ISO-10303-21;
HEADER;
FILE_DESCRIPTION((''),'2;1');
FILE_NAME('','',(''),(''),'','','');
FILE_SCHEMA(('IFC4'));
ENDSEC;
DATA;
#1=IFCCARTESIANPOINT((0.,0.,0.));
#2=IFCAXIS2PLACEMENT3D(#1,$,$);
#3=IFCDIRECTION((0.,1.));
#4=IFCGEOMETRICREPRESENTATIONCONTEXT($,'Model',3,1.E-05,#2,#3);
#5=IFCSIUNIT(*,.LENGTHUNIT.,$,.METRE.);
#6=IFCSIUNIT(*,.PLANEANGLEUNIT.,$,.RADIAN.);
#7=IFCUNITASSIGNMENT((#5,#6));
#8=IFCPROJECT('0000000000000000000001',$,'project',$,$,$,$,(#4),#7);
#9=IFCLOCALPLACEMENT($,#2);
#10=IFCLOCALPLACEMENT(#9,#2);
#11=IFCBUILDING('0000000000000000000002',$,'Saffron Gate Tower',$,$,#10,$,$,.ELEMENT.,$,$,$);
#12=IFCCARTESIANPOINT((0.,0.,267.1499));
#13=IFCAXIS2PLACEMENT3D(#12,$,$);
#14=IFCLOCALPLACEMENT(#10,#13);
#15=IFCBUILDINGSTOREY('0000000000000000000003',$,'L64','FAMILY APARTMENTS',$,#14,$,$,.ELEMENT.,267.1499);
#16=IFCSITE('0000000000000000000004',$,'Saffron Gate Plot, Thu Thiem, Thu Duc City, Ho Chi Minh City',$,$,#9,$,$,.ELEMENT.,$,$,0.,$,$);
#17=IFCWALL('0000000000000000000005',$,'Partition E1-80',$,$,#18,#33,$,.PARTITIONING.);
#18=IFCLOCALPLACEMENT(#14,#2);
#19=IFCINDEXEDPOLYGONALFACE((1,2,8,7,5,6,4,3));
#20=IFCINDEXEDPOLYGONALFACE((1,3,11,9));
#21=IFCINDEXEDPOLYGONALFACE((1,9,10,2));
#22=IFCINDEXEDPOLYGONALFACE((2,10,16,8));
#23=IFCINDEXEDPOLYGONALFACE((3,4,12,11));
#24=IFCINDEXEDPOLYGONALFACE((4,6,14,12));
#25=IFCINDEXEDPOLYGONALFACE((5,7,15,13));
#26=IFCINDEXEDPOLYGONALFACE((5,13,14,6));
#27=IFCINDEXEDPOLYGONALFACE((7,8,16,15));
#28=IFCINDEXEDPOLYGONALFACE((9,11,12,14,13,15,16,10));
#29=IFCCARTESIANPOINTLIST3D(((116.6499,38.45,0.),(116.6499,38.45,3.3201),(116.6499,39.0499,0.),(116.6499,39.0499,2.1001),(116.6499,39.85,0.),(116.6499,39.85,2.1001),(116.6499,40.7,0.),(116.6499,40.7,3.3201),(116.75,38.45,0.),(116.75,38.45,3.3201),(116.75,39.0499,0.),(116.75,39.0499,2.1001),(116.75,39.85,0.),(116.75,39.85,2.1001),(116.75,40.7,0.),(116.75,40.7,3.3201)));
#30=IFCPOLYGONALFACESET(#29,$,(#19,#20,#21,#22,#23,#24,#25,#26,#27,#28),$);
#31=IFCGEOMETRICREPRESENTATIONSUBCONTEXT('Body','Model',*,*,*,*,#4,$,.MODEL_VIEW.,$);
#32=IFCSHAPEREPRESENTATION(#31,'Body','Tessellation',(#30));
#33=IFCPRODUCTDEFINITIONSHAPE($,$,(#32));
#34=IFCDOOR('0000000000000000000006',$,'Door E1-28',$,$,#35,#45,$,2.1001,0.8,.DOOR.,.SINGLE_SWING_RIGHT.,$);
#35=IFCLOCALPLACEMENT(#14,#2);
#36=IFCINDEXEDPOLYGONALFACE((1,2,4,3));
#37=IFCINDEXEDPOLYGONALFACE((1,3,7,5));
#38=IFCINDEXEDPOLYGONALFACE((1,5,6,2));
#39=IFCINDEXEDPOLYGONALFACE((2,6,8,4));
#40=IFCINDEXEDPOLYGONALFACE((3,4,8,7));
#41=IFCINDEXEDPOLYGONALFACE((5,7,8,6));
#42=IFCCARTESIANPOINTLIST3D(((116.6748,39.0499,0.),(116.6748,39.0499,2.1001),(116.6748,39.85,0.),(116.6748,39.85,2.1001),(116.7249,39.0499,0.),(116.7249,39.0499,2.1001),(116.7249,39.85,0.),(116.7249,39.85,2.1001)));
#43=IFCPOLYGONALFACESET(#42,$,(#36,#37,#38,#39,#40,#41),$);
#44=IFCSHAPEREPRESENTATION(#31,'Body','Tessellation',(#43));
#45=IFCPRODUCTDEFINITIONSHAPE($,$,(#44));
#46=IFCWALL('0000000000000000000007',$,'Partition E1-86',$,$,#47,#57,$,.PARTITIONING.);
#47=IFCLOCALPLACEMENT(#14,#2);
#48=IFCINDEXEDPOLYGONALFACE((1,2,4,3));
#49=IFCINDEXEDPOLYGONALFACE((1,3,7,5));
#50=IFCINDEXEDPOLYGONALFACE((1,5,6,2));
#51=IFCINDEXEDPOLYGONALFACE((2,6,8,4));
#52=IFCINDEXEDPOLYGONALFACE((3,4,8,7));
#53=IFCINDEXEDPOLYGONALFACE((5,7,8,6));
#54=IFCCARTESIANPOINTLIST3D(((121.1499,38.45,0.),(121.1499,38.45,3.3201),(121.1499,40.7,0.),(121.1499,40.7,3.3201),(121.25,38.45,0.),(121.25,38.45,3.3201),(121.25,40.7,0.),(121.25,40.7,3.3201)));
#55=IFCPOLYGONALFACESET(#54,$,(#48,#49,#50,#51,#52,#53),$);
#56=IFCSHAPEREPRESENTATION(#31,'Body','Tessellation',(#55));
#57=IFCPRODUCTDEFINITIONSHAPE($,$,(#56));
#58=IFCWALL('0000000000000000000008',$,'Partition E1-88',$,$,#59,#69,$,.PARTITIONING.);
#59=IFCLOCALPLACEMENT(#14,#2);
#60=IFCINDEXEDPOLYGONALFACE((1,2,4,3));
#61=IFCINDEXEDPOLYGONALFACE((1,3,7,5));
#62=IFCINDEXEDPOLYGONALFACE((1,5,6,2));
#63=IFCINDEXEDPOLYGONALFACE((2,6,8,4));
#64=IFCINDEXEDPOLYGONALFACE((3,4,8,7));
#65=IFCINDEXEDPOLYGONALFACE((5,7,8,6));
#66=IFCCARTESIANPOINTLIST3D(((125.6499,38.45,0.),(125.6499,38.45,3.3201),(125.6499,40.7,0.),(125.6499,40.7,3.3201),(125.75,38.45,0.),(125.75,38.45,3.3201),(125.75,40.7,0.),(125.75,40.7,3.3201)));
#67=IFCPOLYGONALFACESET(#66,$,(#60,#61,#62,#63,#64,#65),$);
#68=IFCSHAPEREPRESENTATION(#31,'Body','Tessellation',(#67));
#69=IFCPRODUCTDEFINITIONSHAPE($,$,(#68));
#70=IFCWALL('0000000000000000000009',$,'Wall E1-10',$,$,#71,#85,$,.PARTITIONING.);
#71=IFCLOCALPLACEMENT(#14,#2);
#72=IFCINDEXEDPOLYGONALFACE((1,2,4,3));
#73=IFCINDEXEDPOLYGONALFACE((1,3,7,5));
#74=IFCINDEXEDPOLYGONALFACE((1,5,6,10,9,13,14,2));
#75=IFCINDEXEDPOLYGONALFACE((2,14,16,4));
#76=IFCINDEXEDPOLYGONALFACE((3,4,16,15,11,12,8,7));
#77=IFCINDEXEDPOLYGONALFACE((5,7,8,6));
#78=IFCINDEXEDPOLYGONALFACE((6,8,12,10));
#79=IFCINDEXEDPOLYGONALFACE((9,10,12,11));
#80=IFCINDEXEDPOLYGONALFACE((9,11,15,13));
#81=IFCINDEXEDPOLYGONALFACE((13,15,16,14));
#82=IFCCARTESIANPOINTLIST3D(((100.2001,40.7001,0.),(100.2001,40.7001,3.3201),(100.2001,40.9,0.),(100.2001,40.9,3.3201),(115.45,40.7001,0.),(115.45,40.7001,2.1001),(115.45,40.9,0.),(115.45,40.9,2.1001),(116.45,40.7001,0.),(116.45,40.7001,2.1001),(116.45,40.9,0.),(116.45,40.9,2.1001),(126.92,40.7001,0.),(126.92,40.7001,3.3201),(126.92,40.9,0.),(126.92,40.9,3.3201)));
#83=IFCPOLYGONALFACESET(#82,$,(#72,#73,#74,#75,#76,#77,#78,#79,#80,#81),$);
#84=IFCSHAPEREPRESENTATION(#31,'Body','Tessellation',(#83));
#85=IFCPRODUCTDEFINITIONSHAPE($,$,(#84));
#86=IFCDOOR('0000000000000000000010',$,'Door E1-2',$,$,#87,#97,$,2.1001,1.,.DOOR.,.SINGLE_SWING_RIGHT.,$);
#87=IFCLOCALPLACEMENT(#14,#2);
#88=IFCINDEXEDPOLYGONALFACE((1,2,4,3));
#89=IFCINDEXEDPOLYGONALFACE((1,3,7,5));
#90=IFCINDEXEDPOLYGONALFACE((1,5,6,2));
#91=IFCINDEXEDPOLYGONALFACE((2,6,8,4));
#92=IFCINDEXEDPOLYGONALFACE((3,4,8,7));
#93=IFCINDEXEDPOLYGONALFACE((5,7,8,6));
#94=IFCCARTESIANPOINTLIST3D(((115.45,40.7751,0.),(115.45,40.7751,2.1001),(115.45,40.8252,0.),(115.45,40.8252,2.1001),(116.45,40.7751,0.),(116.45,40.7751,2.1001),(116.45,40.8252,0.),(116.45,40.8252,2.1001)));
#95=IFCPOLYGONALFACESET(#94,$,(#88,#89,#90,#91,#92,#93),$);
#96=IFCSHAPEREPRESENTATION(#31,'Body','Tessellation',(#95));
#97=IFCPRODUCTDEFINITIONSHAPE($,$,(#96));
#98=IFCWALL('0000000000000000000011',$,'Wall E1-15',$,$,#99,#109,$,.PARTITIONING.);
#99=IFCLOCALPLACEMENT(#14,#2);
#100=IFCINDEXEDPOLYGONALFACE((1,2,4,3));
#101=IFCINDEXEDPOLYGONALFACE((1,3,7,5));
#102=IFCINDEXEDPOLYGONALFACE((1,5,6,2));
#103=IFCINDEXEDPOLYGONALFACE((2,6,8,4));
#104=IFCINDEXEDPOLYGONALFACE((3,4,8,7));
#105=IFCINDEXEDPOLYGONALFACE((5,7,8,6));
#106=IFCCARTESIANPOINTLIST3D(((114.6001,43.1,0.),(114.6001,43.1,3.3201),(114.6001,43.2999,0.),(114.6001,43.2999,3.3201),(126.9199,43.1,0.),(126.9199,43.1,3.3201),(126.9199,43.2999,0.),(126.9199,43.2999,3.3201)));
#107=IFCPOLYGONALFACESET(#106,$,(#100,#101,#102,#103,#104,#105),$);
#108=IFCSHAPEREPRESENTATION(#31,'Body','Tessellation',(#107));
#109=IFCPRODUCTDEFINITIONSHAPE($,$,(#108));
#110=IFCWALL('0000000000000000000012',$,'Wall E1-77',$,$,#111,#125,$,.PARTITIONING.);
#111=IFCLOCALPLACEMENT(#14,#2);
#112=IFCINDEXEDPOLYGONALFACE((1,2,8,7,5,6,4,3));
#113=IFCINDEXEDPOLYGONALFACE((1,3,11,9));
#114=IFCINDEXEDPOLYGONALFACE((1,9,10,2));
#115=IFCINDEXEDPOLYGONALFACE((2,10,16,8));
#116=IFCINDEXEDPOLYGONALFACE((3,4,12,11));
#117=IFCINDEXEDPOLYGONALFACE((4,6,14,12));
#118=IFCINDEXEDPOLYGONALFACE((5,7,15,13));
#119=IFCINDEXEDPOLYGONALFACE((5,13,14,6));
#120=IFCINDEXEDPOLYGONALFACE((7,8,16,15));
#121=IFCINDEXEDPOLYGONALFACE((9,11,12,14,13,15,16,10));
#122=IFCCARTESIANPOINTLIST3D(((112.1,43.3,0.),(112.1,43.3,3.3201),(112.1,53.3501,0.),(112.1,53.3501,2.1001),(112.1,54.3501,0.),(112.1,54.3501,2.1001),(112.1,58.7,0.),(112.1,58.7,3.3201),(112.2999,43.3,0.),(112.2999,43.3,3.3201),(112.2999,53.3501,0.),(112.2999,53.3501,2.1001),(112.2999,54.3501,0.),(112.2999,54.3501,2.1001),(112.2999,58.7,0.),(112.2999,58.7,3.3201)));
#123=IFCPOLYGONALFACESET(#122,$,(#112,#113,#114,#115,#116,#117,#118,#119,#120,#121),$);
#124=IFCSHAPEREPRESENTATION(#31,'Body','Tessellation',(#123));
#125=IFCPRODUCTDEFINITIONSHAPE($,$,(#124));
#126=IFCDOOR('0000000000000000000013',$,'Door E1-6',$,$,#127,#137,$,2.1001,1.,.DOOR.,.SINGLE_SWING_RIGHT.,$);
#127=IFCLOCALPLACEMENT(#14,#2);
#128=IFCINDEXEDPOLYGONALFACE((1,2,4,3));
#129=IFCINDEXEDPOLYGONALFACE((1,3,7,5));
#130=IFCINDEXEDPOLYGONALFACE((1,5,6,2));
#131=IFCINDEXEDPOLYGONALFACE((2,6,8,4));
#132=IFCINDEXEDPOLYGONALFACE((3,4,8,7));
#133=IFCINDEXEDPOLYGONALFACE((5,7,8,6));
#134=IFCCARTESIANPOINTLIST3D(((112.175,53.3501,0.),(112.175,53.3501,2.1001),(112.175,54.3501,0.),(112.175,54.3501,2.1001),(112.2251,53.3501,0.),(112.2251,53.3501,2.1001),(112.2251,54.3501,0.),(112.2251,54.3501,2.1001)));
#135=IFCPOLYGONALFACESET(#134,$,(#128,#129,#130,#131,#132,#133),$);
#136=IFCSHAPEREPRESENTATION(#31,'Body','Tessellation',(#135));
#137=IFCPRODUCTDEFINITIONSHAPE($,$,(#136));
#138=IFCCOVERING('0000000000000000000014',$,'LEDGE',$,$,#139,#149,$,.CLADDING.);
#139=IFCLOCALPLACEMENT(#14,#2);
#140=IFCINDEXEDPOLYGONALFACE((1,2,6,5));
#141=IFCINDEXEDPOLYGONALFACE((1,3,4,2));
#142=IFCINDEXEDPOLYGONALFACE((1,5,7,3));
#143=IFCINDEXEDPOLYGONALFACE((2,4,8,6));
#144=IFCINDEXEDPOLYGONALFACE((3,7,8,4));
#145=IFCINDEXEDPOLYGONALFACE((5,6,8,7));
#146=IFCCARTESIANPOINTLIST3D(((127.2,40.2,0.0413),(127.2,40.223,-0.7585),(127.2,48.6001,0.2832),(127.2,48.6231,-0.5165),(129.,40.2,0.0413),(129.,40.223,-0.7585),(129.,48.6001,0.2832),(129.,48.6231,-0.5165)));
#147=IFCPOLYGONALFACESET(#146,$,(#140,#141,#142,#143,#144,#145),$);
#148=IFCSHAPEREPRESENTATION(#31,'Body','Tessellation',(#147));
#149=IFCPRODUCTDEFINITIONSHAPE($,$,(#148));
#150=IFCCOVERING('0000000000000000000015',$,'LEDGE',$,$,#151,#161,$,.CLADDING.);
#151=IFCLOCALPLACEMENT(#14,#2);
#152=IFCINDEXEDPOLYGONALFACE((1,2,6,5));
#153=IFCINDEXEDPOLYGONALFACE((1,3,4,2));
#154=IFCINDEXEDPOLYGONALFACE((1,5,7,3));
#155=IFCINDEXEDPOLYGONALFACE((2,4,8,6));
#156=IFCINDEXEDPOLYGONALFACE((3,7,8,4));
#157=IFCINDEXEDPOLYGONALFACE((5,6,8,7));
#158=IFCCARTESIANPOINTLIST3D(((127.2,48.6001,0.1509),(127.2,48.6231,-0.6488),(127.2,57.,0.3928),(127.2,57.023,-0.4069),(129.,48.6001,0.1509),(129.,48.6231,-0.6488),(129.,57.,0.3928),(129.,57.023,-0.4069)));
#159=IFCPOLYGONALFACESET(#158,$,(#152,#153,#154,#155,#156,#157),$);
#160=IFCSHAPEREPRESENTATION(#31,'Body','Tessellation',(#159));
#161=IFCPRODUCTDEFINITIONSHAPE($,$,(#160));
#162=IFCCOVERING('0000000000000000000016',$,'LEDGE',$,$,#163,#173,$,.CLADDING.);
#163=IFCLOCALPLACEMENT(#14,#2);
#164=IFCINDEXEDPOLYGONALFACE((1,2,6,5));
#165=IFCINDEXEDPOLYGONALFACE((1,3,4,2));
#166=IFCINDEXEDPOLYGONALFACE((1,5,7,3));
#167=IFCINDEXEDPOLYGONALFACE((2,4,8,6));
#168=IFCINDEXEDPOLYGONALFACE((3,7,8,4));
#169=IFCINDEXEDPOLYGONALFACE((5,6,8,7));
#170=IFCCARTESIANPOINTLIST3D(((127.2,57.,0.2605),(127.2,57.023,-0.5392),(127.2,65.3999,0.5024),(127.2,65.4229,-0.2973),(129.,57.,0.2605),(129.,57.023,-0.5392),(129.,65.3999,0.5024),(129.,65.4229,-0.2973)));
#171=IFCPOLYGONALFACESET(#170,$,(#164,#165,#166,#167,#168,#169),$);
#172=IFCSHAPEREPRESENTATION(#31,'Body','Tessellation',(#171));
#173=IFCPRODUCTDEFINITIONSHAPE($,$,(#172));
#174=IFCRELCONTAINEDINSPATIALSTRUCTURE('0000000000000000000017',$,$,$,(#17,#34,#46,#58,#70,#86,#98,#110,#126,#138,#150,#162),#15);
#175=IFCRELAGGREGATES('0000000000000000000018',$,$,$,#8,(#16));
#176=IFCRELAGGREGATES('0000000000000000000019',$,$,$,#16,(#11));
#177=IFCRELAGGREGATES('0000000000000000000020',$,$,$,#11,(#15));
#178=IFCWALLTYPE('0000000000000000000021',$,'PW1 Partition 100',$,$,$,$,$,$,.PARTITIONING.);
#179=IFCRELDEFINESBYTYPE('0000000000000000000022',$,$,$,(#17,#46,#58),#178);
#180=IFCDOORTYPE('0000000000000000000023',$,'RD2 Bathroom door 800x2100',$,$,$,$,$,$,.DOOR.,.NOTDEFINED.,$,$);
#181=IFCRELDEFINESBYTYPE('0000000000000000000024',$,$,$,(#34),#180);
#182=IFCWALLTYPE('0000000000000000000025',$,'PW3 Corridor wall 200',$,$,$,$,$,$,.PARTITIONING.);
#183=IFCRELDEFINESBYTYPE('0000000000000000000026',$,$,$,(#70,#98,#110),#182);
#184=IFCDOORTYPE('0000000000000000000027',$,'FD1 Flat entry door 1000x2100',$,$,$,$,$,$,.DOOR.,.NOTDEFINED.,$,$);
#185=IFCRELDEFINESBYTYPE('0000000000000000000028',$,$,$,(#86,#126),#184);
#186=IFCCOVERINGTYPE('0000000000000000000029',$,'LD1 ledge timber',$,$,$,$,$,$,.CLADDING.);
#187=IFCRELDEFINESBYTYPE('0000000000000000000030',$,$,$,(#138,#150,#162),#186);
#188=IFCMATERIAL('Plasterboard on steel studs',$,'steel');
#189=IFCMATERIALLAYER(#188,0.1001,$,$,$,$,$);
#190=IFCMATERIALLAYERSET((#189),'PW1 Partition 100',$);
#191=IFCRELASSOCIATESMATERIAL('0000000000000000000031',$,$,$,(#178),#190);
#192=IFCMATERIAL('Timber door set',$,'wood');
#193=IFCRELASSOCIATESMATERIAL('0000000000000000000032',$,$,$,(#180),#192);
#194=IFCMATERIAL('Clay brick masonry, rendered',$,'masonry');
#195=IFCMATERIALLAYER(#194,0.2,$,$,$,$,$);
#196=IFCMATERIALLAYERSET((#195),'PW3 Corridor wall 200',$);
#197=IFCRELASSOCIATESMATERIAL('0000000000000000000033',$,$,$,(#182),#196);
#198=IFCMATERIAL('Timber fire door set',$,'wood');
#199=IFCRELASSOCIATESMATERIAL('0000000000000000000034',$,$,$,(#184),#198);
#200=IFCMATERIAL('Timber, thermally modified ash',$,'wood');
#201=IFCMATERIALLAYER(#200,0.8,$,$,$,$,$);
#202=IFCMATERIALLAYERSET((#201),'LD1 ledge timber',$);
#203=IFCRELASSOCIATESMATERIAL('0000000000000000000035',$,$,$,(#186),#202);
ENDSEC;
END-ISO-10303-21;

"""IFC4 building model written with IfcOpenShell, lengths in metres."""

from ifc_helpers import new_model, si_unit, direction, frame, frame_2d, origin, place, context, subcontext, project, spatial, polyline, rectangle, outline, extrude, material, layer, layer_set, type_object, element, fill, save


model = new_model("IFC4")

# Units and contexts
model_context = context("Model", 3, precision=1e-05, world=origin(), true_north=direction((0.0, 1.0)))
body_context = subcontext(model_context, "Body", "Model", "MODEL_VIEW")
ifc_project = project(units=[si_unit("LENGTHUNIT", "METRE"), si_unit("PLANEANGLEUNIT", "RADIAN")], contexts=[model_context])

# Site, building, storey
site_placement = place(None, origin())
site = spatial("IfcSite", under=ifc_project, at=site_placement, Name="Saffron Gate Plot, Thu Thiem, Thu Duc City, Ho Chi Minh City", CompositionType="ELEMENT", RefElevation=0.0)
building_placement = place(site_placement, origin())
building = spatial("IfcBuilding", under=site, at=building_placement, Name="Saffron Gate Tower", CompositionType="ELEMENT")
storey_placement = place(building_placement, frame((0.0, 0.0, 267.1499)))
storey = spatial("IfcBuildingStorey", under=building, at=storey_placement, Name="L64", Description="FAMILY APARTMENTS", CompositionType="ELEMENT", Elevation=267.1499)

# Wall, opening, door
ifc_material_1 = material(Name="Plasterboard on steel studs", Category="steel")
ifc_layer_1 = layer(ifc_material_1, 0.1001)
ifc_layer_set_1 = layer_set([ifc_layer_1], Name="PW1 Partition 100")
wall_type_1 = type_object("IfcWallType", Name="PW1 Partition 100", PredefinedType="PARTITIONING", material=ifc_layer_set_1)
wall_1_placement = place(storey_placement, frame((116.7, 40.7, 0.0), z_axis=(0.0, 0.0, 1.0), x_axis=(0.0, -1.0, 0.0)))
wall_1 = element("IfcWall", 1, at=wall_1_placement, inside=storey, type_object=wall_type_1, Name="Partition E1-80", PredefinedType="PARTITIONING", context=body_context, shape_type="SweptSolid", body=[
    extrude(rectangle(XDim=2.25, YDim=0.1001, at=frame_2d((1.125, 0.0))), origin(), (0.0, 0.0, 1.0), 3.3201),
])
opening_1_placement = place(wall_1_placement, frame((0.8501, 0.0, 0.0)))
opening_1 = element("IfcOpeningElement", 2, at=opening_1_placement, cuts=wall_1, PredefinedType="OPENING", context=body_context, shape_type="SweptSolid", body=[
    extrude(rectangle(XDim=0.8, YDim=2.1001, at=frame_2d((0.3999, 1.05))), frame((0.0, 0.0601, 0.0), z_axis=(0.0, -1.0, 0.0), x_axis=(1.0, 0.0, 0.0)), (0.0, 0.0, 1.0), 0.1201),
])
ifc_material_2 = material(Name="Timber door set", Category="wood")
door_type_1 = type_object("IfcDoorType", Name="RD2 Bathroom door 800x2100", OperationType="NOTDEFINED", PredefinedType="DOOR", material=ifc_material_2)
door_1_placement = place(opening_1_placement, origin())
door_1 = element("IfcDoor", 3, at=door_1_placement, inside=storey, type_object=door_type_1, Name="Door E1-28", OperationType="SINGLE_SWING_RIGHT", OverallHeight=2.1001, OverallWidth=0.8, PredefinedType="DOOR", context=body_context, shape_type="SweptSolid", body=[
    extrude(rectangle(XDim=0.8, YDim=2.1001, at=frame_2d((0.3999, 1.05))), frame((0.0, 0.0249, 0.0), z_axis=(0.0, -1.0, 0.0), x_axis=(1.0, 0.0, 0.0)), (0.0, 0.0, 1.0), 0.05),
])
fill(opening_1, door_1)

# Walls
for number, where, z_axis, x_axis, name in (
    (4, (121.2, 40.7, 0.0), (0.0, 0.0, 1.0), (0.0, -1.0, 0.0), "Partition E1-86"),
    (5, (125.7, 40.7, 0.0), (0.0, 0.0, 1.0), (0.0, -1.0, 0.0), "Partition E1-88"),
):
    element("IfcWall", number, at=place(storey_placement, frame(where, z_axis=z_axis, x_axis=x_axis)), inside=storey, type_object=wall_type_1, Name=name, PredefinedType="PARTITIONING", context=body_context, shape_type="SweptSolid", body=[
        extrude(rectangle(XDim=2.25, YDim=0.1001, at=frame_2d((1.125, 0.0))), origin(), (0.0, 0.0, 1.0), 3.3201),
    ])

# Wall, opening, door
ifc_material_3 = material(Name="Clay brick masonry, rendered", Category="masonry")
ifc_layer_2 = layer(ifc_material_3, 0.2)
ifc_layer_set_2 = layer_set([ifc_layer_2], Name="PW3 Corridor wall 200")
wall_type_2 = type_object("IfcWallType", Name="PW3 Corridor wall 200", PredefinedType="PARTITIONING", material=ifc_layer_set_2)
wall_2_placement = place(storey_placement, frame((126.9199, 40.8, 0.0), z_axis=(0.0, 0.0, 1.0), x_axis=(-1.0, 0.0, 0.0)))
wall_2 = element("IfcWall", 6, at=wall_2_placement, inside=storey, type_object=wall_type_2, Name="Wall E1-10", PredefinedType="PARTITIONING", context=body_context, shape_type="SweptSolid", body=[
    extrude(rectangle(XDim=26.72, YDim=0.2, at=frame_2d((13.3599, 0.0))), origin(), (0.0, 0.0, 1.0), 3.3201),
])
opening_2_placement = place(wall_2_placement, frame((10.47, 0.0, 0.0)))
opening_2 = element("IfcOpeningElement", 7, at=opening_2_placement, cuts=wall_2, PredefinedType="OPENING", context=body_context, shape_type="SweptSolid", body=[
    extrude(rectangle(XDim=1.0, YDim=2.1001, at=frame_2d((0.5, 1.05))), frame((0.0, 0.1099, 0.0), z_axis=(0.0, -1.0, 0.0), x_axis=(1.0, 0.0, 0.0)), (0.0, 0.0, 1.0), 0.22),
])
ifc_material_4 = material(Name="Timber fire door set", Category="wood")
door_type_2 = type_object("IfcDoorType", Name="FD1 Flat entry door 1000x2100", OperationType="NOTDEFINED", PredefinedType="DOOR", material=ifc_material_4)
door_2_placement = place(opening_2_placement, origin())
door_2 = element("IfcDoor", 8, at=door_2_placement, inside=storey, type_object=door_type_2, Name="Door E1-2", OperationType="SINGLE_SWING_RIGHT", OverallHeight=2.1001, OverallWidth=1.0, PredefinedType="DOOR", context=body_context, shape_type="SweptSolid", body=[
    extrude(rectangle(XDim=1.0, YDim=2.1001, at=frame_2d((0.5, 1.05))), frame((0.0, 0.0249, 0.0), z_axis=(0.0, -1.0, 0.0), x_axis=(1.0, 0.0, 0.0)), (0.0, 0.0, 1.0), 0.05),
])
fill(opening_2, door_2)

# Wall
wall_3_placement = place(storey_placement, frame((114.6001, 43.2, 0.0), z_axis=(0.0, 0.0, 1.0), x_axis=(1.0, 0.0, 0.0)))
element("IfcWall", 9, at=wall_3_placement, inside=storey, type_object=wall_type_2, Name="Wall E1-15", PredefinedType="PARTITIONING", context=body_context, shape_type="SweptSolid", body=[
    extrude(rectangle(XDim=12.3198, YDim=0.2, at=frame_2d((6.1599, 0.0))), origin(), (0.0, 0.0, 1.0), 3.3201),
])

# Wall, opening, door
wall_4_placement = place(storey_placement, frame((112.2, 43.3, 0.0), z_axis=(0.0, 0.0, 1.0), x_axis=(0.0, 1.0, 0.0)))
wall_4 = element("IfcWall", 10, at=wall_4_placement, inside=storey, type_object=wall_type_2, Name="Wall E1-77", PredefinedType="PARTITIONING", context=body_context, shape_type="SweptSolid", body=[
    extrude(rectangle(XDim=15.3999, YDim=0.2, at=frame_2d((7.7, 0.0))), origin(), (0.0, 0.0, 1.0), 3.3201),
])
opening_3_placement = place(wall_4_placement, frame((10.05, 0.0, 0.0)))
opening_3 = element("IfcOpeningElement", 11, at=opening_3_placement, cuts=wall_4, PredefinedType="OPENING", context=body_context, shape_type="SweptSolid", body=[
    extrude(rectangle(XDim=1.0, YDim=2.1001, at=frame_2d((0.5, 1.05))), frame((0.0, 0.1099, 0.0), z_axis=(0.0, -1.0, 0.0), x_axis=(1.0, 0.0, 0.0)), (0.0, 0.0, 1.0), 0.22),
])
door_3_placement = place(opening_3_placement, origin())
door_3 = element("IfcDoor", 12, at=door_3_placement, inside=storey, type_object=door_type_2, Name="Door E1-6", OperationType="SINGLE_SWING_RIGHT", OverallHeight=2.1001, OverallWidth=1.0, PredefinedType="DOOR", context=body_context, shape_type="SweptSolid", body=[
    extrude(rectangle(XDim=1.0, YDim=2.1001, at=frame_2d((0.5, 1.05))), frame((0.0, 0.0249, 0.0), z_axis=(0.0, -1.0, 0.0), x_axis=(1.0, 0.0, 0.0)), (0.0, 0.0, 1.0), 0.05),
])
fill(opening_3, door_3)

# Coverings
ifc_material_5 = material(Name="Timber, thermally modified ash", Category="wood")
ifc_layer_3 = layer(ifc_material_5, 0.8)
ifc_layer_set_3 = layer_set([ifc_layer_3], Name="LD1 ledge timber")
covering_type_1 = type_object("IfcCoveringType", Name="LD1 ledge timber", PredefinedType="CLADDING", material=ifc_layer_set_3)
covering_1_placement = place(storey_placement, frame((127.2, 40.2, 0.0413), z_axis=(0.0, -0.02879, 0.999585), x_axis=(0.0, 0.999585, 0.02879)))
element("IfcCovering", 13, at=covering_1_placement, inside=storey, type_object=covering_type_1, Name="LEDGE", PredefinedType="CLADDING", context=body_context, shape_type="SweptSolid", body=[
    extrude(outline(polyline([(0.0, 0.0), (8.4036, 0.0), (8.4036, -1.8), (0.0, -1.8), (0.0, 0.0)])), origin(), (0.0, 0.0, -1.0), 0.8),
])
for number, where, z_axis, x_axis, name in (
    (14, (127.2, 48.6001, 0.1509), (0.0, -0.028791, 0.999585), (0.0, 0.999585, 0.028791), "LEDGE"),
    (15, (127.2, 57.0, 0.2605), (0.0, -0.028791, 0.999585), (0.0, 0.999585, 0.028791), "LEDGE"),
):
    element("IfcCovering", number, at=place(storey_placement, frame(where, z_axis=z_axis, x_axis=x_axis)), inside=storey, type_object=covering_type_1, Name=name, PredefinedType="CLADDING", context=body_context, shape_type="SweptSolid", body=[
        extrude(outline(polyline([(0.0, 0.0), (8.4034, 0.0), (8.4034, -1.8), (0.0, -1.8), (0.0, 0.0)])), origin(), (0.0, 0.0, -1.0), 0.8),
    ])

save(model, "model.ifc")
